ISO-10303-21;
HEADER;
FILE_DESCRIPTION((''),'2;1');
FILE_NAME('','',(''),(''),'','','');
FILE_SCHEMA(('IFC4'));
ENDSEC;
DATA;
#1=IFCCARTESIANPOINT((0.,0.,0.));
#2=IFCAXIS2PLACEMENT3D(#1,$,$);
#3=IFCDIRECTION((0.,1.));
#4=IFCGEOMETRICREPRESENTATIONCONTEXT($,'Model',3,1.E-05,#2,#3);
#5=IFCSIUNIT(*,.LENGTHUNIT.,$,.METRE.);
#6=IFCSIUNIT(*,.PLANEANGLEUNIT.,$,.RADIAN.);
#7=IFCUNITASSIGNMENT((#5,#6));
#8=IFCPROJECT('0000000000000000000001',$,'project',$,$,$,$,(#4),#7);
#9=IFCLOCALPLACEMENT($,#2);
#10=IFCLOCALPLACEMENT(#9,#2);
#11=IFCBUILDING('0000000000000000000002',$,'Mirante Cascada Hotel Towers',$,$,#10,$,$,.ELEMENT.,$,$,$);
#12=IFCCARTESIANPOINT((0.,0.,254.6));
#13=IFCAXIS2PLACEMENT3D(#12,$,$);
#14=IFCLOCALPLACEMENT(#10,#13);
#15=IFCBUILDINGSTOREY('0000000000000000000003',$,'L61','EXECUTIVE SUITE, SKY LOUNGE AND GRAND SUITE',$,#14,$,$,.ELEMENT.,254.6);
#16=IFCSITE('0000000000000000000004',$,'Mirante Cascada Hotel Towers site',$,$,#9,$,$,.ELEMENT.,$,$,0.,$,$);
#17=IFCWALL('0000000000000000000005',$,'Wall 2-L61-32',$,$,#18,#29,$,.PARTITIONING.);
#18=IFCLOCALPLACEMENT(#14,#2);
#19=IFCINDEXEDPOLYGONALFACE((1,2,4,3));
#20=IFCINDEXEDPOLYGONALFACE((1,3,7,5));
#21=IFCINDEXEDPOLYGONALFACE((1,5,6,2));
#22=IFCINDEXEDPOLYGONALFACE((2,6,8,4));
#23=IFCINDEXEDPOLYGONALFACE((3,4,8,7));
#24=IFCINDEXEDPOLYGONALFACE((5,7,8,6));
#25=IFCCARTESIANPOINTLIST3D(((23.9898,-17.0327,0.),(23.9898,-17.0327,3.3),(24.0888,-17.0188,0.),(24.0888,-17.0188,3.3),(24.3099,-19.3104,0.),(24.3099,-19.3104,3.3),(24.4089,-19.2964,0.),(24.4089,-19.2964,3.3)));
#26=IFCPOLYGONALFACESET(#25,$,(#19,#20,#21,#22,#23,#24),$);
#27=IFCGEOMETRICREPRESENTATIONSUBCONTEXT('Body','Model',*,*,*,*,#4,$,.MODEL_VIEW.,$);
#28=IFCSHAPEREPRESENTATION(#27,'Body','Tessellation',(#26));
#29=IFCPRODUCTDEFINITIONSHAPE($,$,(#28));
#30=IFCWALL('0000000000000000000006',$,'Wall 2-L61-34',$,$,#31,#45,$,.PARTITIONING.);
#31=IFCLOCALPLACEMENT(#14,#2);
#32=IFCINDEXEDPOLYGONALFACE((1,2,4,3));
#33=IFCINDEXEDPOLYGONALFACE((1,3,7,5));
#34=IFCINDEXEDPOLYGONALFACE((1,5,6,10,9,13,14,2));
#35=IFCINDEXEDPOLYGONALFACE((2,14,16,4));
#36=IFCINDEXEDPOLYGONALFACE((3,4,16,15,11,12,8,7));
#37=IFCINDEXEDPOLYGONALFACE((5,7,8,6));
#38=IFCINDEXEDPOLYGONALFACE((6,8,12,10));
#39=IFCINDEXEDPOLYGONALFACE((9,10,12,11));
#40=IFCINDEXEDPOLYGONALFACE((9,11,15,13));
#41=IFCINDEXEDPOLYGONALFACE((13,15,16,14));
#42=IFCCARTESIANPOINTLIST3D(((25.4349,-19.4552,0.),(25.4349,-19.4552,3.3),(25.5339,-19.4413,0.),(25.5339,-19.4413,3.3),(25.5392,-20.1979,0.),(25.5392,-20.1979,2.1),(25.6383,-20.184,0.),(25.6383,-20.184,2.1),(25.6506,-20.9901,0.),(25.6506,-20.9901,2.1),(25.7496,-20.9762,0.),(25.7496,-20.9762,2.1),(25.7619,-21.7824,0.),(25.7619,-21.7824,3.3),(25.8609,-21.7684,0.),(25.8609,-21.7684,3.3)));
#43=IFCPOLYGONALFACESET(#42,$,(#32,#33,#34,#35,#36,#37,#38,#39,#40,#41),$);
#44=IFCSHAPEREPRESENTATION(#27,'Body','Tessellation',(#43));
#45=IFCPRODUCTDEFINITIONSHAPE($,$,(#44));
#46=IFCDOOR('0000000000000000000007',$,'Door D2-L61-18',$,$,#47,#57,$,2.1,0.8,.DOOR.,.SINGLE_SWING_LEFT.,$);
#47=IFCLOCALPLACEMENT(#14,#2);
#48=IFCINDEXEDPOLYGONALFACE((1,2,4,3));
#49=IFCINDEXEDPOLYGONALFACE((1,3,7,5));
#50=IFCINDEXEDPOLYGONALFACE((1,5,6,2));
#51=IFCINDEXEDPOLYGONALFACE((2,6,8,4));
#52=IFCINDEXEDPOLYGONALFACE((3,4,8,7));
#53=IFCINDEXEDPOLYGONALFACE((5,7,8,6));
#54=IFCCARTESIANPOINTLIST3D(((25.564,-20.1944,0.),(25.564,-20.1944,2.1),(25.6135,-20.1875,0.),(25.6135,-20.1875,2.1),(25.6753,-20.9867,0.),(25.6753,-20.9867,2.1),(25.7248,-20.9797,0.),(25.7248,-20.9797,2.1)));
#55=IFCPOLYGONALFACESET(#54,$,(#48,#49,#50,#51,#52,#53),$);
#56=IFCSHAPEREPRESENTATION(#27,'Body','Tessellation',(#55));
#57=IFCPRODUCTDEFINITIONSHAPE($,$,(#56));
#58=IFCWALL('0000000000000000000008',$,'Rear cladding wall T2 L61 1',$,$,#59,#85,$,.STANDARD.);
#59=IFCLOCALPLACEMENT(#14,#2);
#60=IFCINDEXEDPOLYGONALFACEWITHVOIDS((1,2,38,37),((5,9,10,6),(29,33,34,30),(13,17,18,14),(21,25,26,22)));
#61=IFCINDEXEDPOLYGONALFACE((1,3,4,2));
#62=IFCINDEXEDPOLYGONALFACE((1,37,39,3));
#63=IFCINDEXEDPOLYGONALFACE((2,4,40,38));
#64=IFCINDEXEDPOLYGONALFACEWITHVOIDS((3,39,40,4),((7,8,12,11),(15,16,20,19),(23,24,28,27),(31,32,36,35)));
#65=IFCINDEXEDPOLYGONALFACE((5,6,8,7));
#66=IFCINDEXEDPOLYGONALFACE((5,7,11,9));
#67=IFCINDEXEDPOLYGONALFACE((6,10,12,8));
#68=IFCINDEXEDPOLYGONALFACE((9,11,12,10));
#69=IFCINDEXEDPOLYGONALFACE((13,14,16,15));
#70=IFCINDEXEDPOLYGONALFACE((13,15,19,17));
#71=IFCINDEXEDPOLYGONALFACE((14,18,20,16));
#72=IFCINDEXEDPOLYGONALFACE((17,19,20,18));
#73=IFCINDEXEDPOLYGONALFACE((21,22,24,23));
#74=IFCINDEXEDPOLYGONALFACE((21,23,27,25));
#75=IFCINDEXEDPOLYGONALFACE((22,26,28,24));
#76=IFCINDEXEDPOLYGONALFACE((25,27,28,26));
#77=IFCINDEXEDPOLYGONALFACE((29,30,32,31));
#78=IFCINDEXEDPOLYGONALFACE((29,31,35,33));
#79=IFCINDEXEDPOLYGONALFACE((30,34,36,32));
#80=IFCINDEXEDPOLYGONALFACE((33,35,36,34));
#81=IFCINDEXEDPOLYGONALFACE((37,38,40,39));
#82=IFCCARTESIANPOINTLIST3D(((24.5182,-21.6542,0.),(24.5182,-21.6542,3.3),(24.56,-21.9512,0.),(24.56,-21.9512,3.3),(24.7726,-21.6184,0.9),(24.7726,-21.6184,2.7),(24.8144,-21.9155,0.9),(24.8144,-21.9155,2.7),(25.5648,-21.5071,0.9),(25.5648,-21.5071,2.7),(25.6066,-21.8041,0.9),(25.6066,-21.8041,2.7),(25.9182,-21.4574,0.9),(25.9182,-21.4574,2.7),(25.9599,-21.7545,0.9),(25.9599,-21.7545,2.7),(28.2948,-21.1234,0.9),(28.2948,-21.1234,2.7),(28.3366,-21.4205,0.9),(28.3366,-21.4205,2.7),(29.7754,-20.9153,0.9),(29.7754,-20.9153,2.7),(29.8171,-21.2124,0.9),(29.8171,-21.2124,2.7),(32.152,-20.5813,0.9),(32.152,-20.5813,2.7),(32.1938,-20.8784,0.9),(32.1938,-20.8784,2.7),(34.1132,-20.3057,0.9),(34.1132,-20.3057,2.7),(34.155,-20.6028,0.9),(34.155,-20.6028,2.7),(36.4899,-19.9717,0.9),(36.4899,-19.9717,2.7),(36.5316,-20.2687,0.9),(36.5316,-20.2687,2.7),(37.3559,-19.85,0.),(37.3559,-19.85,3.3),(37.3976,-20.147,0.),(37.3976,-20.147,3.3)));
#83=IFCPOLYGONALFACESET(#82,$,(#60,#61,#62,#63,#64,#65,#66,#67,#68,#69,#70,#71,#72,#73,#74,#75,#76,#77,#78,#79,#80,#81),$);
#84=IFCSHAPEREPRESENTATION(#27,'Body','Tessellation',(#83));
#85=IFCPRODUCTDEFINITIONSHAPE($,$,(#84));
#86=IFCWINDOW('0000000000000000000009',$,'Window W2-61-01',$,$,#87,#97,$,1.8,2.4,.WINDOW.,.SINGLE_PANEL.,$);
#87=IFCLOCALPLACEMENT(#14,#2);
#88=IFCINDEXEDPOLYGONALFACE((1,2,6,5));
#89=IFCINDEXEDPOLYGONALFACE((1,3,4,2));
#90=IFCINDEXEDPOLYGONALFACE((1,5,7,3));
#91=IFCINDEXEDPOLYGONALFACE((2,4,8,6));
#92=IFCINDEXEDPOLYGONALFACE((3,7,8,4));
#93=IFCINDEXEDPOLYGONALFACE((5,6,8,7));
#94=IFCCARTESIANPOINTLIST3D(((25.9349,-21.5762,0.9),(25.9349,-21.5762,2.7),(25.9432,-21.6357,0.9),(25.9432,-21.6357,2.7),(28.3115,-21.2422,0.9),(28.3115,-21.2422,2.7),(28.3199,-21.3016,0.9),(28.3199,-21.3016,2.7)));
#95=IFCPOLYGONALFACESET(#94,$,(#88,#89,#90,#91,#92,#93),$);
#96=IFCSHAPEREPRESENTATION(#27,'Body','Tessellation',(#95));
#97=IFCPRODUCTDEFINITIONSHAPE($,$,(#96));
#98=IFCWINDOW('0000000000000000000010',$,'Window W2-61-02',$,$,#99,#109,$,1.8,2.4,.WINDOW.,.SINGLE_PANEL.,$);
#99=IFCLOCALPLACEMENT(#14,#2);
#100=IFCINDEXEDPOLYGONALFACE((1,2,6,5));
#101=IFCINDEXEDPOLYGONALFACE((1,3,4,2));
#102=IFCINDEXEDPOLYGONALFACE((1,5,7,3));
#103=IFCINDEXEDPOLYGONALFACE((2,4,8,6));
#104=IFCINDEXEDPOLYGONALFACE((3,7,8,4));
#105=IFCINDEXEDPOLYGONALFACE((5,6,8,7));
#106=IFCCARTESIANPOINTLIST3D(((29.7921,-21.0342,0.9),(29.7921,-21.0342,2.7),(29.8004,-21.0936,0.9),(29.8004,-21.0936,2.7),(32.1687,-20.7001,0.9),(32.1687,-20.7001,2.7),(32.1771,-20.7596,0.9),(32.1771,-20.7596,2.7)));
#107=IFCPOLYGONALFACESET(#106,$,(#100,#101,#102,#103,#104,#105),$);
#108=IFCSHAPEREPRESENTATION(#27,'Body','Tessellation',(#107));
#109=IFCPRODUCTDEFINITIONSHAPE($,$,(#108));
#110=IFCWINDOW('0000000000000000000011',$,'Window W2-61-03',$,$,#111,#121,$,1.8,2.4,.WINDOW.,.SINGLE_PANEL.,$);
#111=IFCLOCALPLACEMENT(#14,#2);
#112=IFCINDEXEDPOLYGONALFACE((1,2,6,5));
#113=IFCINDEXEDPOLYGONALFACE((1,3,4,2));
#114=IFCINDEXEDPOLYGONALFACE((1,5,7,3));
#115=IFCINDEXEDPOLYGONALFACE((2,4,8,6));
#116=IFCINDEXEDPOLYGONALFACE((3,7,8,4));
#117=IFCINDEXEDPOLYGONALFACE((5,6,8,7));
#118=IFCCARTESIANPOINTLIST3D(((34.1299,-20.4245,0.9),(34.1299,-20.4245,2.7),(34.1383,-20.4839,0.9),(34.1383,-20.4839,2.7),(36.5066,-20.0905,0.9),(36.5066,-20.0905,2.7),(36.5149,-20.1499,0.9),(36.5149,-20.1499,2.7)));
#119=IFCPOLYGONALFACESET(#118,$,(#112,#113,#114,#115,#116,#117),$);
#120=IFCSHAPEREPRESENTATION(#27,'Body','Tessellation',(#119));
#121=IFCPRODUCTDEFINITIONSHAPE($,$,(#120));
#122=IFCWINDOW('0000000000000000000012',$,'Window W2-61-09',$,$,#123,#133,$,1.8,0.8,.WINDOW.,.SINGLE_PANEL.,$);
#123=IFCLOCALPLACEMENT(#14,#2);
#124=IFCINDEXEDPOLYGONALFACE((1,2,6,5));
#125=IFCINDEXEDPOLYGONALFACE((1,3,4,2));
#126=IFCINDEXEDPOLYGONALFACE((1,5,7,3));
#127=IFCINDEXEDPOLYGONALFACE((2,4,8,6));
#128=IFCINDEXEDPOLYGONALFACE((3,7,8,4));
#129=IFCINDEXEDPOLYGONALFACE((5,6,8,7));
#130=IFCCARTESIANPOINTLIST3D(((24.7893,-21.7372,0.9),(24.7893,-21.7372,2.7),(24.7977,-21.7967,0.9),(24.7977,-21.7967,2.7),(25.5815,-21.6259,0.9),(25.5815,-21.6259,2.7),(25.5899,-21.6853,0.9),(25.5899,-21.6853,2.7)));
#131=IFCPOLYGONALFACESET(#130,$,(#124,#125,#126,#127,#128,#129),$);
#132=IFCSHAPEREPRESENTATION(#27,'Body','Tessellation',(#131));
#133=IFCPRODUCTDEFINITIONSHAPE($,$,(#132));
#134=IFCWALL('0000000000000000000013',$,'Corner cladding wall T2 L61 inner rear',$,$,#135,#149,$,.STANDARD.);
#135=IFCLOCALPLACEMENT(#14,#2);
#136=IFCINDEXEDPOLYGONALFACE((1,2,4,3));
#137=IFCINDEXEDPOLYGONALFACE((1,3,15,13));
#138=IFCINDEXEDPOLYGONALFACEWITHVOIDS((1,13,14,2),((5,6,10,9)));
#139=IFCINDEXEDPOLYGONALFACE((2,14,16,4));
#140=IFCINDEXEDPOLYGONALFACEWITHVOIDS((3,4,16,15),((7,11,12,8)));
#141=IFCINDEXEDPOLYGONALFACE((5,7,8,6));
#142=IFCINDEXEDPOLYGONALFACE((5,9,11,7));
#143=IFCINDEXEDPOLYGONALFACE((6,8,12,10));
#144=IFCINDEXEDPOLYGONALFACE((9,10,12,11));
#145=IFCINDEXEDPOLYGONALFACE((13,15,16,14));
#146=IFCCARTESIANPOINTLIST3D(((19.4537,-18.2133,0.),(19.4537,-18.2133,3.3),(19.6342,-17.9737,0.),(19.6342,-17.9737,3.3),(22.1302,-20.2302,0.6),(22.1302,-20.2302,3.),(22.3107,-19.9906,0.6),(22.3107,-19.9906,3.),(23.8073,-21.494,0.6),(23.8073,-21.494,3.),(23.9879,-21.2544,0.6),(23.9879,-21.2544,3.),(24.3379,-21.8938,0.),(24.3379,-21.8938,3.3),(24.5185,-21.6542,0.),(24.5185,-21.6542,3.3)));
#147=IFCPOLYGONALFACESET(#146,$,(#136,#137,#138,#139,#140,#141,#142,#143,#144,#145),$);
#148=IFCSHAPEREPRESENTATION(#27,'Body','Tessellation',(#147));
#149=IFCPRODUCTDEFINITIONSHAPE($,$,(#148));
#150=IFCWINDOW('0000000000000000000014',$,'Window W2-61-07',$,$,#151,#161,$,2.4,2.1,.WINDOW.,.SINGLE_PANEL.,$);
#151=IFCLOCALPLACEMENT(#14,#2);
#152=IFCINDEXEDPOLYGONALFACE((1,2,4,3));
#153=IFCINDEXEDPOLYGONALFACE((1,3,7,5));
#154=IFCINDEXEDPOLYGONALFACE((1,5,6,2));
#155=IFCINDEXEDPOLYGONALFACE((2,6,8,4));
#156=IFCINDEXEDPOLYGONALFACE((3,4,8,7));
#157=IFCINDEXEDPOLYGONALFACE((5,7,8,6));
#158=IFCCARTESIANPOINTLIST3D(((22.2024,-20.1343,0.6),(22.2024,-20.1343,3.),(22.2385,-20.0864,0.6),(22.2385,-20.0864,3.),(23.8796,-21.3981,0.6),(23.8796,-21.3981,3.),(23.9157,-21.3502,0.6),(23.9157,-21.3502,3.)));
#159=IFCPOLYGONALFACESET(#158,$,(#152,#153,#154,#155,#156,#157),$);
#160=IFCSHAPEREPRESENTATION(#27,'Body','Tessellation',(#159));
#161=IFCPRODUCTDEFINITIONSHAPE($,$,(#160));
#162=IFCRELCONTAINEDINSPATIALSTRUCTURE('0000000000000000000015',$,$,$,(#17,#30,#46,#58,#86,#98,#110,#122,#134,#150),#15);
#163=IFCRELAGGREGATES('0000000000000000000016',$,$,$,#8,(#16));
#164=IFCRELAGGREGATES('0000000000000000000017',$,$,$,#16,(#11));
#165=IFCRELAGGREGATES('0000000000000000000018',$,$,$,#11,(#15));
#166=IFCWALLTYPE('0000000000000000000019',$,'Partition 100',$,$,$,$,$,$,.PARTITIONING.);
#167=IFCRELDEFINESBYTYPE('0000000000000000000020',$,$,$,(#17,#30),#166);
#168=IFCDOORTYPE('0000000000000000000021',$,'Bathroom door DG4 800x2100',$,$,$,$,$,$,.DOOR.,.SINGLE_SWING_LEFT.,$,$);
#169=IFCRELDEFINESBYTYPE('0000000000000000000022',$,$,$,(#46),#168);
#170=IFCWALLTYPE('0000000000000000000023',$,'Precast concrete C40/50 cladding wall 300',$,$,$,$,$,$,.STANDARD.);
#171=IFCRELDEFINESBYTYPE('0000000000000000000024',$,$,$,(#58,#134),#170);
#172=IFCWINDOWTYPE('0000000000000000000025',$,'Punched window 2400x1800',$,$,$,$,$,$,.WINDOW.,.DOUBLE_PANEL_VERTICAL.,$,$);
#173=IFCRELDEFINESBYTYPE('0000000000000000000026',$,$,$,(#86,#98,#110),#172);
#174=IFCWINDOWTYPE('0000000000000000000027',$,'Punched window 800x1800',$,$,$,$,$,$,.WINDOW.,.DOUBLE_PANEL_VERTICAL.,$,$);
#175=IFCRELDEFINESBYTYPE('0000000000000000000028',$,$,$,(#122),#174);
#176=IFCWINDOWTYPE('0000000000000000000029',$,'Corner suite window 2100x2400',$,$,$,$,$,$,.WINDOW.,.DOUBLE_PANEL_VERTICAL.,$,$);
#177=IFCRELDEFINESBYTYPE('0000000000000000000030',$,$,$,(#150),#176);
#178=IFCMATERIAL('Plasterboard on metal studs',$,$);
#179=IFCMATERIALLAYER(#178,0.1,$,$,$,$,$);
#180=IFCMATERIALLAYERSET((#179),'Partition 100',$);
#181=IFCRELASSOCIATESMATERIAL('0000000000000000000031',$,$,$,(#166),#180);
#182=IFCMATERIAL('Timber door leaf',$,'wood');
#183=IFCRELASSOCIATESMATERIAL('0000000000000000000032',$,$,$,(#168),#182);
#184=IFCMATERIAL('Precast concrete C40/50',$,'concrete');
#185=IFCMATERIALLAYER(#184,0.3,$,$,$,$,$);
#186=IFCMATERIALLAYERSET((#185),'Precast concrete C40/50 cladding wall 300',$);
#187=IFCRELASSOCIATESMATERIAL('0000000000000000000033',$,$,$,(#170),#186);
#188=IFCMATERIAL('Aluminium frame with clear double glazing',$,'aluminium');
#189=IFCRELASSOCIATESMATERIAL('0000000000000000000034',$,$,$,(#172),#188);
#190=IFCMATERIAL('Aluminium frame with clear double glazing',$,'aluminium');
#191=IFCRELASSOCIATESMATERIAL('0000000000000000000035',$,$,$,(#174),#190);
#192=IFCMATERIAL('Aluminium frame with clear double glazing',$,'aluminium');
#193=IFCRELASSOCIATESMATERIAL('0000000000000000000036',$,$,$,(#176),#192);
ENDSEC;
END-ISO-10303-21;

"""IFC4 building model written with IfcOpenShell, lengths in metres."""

from ifc_helpers import new_model, si_unit, direction, frame, frame_2d, origin, place, context, subcontext, project, spatial, rectangle, extrude, material, layer, layer_set, type_object, element, fill, save


model = new_model("IFC4")

# Units and contexts
model_context = context("Model", 3, precision=1e-05, world=origin(), true_north=direction((0.0, 1.0)))
body_context = subcontext(model_context, "Body", "Model", "MODEL_VIEW")
ifc_project = project(units=[si_unit("LENGTHUNIT", "METRE"), si_unit("PLANEANGLEUNIT", "RADIAN")], contexts=[model_context])

# Site, building, storey
site_placement = place(None, origin())
site = spatial("IfcSite", under=ifc_project, at=site_placement, Name="Mirante Cascada Hotel Towers site", CompositionType="ELEMENT", RefElevation=0.0)
building_placement = place(site_placement, origin())
building = spatial("IfcBuilding", under=site, at=building_placement, Name="Mirante Cascada Hotel Towers", CompositionType="ELEMENT")
storey_placement = place(building_placement, frame((0.0, 0.0, 254.6)))
storey = spatial("IfcBuildingStorey", under=building, at=storey_placement, Name="L61", Description="EXECUTIVE SUITE, SKY LOUNGE AND GRAND SUITE", CompositionType="ELEMENT", Elevation=254.6)

# Shared definitions
ifc_material_1 = material(Name="Plasterboard on metal studs")
ifc_layer_1 = layer(ifc_material_1, 0.1)
ifc_layer_set_1 = layer_set([ifc_layer_1], Name="Partition 100")
wall_type_1 = type_object("IfcWallType", Name="Partition 100", PredefinedType="PARTITIONING", material=ifc_layer_set_1)
ifc_material_2 = material(Name="Timber door leaf", Category="wood")
door_type_1 = type_object("IfcDoorType", Name="Bathroom door DG4 800x2100", OperationType="SINGLE_SWING_LEFT", PredefinedType="DOOR", material=ifc_material_2)

# Wall
wall_1_placement = place(storey_placement, frame((24.3594, -19.3034, 0.0), z_axis=(0.0, 0.0, 1.0), x_axis=(-0.139175, 0.990268, 0.0)))
element("IfcWall", 1, at=wall_1_placement, inside=storey, type_object=wall_type_1, Name="Wall 2-L61-32", PredefinedType="PARTITIONING", context=body_context, shape_type="SweptSolid", body=[
    extrude(rectangle(XDim=2.3, YDim=0.1, at=frame_2d((1.15, 0.0))), origin(), (0.0, 0.0, 1.0), 3.3),
])

# Wall, opening, door
wall_2_placement = place(storey_placement, frame((25.8114, -21.7754, 0.0), z_axis=(0.0, 0.0, 1.0), x_axis=(-0.139151, 0.990271, 0.0)))
wall_2 = element("IfcWall", 2, at=wall_2_placement, inside=storey, type_object=wall_type_1, Name="Wall 2-L61-34", PredefinedType="PARTITIONING", context=body_context, shape_type="SweptSolid", body=[
    extrude(rectangle(XDim=2.35, YDim=0.1, at=frame_2d((1.175, 0.0))), origin(), (0.0, 0.0, 1.0), 3.3),
])
opening_1_placement = place(wall_2_placement, frame((0.8, 0.0, 0.0)))
opening_1 = element("IfcOpeningElement", 3, at=opening_1_placement, cuts=wall_2, PredefinedType="OPENING", context=body_context, shape_type="SweptSolid", body=[
    extrude(rectangle(XDim=0.8, YDim=2.1, at=frame_2d((0.4, 1.05))), frame((0.0, 0.05, 0.0), z_axis=(0.0, -1.0, 0.0), x_axis=(1.0, 0.0, 0.0)), (0.0, 0.0, 1.0), 0.1),
])
door_1_placement = place(opening_1_placement, origin())
door_1 = element("IfcDoor", 4, at=door_1_placement, inside=storey, type_object=door_type_1, Name="Door D2-L61-18", OperationType="SINGLE_SWING_LEFT", OverallHeight=2.1, OverallWidth=0.8, PredefinedType="DOOR", context=body_context, shape_type="SweptSolid", body=[
    extrude(rectangle(XDim=0.8, YDim=2.1, at=frame_2d((0.4, 1.05))), frame((0.0, 0.025, 0.0), z_axis=(0.0, -1.0, 0.0), x_axis=(1.0, 0.0, 0.0)), (0.0, 0.0, 1.0), 0.05),
])
fill(opening_1, door_1)

# Wall, openings, windows
ifc_material_3 = material(Name="Precast concrete C40/50", Category="concrete")
ifc_layer_2 = layer(ifc_material_3, 0.3)
ifc_layer_set_2 = layer_set([ifc_layer_2], Name="Precast concrete C40/50 cladding wall 300")
wall_type_2 = type_object("IfcWallType", Name="Precast concrete C40/50 cladding wall 300", PredefinedType="STANDARD", material=ifc_layer_set_2)
wall_3_placement = place(storey_placement, frame((24.5391, -21.8027, 0.0), z_axis=(0.0, 0.0, 1.0), x_axis=(0.990268, 0.139173, 0.0)))
wall_3 = element("IfcWall", 5, at=wall_3_placement, inside=storey, type_object=wall_type_2, Name="Rear cladding wall T2 L61 1", PredefinedType="STANDARD", context=body_context, shape_type="SweptSolid", body=[
    extrude(rectangle(XDim=12.9638, YDim=0.3, at=frame_2d((6.4819, 0.0))), origin(), (0.0, 0.0, 1.0), 3.3),
])
opening_2_placement = place(wall_3_placement, frame((1.4137, 0.0, 0.9)))
opening_2 = element("IfcOpeningElement", 6, at=opening_2_placement, cuts=wall_3, PredefinedType="OPENING", context=body_context, shape_type="SweptSolid", body=[
    extrude(rectangle(XDim=2.4, YDim=1.8, at=frame_2d((1.2, 0.9))), frame((0.0, 0.15, 0.0), z_axis=(0.0, -1.0, 0.0), x_axis=(1.0, 0.0, 0.0)), (0.0, 0.0, 1.0), 0.3),
])
opening_3_placement = place(wall_3_placement, frame((5.3088, 0.0, 0.9)))
opening_3 = element("IfcOpeningElement", 7, at=opening_3_placement, cuts=wall_3, PredefinedType="OPENING", context=body_context, shape_type="SweptSolid", body=[
    extrude(rectangle(XDim=2.4, YDim=1.8, at=frame_2d((1.2, 0.9))), frame((0.0, 0.15, 0.0), z_axis=(0.0, -1.0, 0.0), x_axis=(1.0, 0.0, 0.0)), (0.0, 0.0, 1.0), 0.3),
])
opening_4_placement = place(wall_3_placement, frame((9.6893, 0.0, 0.9)))
opening_4 = element("IfcOpeningElement", 8, at=opening_4_placement, cuts=wall_3, PredefinedType="OPENING", context=body_context, shape_type="SweptSolid", body=[
    extrude(rectangle(XDim=2.4, YDim=1.8, at=frame_2d((1.2, 0.9))), frame((0.0, 0.15, 0.0), z_axis=(0.0, -1.0, 0.0), x_axis=(1.0, 0.0, 0.0)), (0.0, 0.0, 1.0), 0.3),
])
opening_5_placement = place(wall_3_placement, frame((0.2569, 0.0, 0.9)))
opening_5 = element("IfcOpeningElement", 9, at=opening_5_placement, cuts=wall_3, PredefinedType="OPENING", context=body_context, shape_type="SweptSolid", body=[
    extrude(rectangle(XDim=0.8, YDim=1.8, at=frame_2d((0.4, 0.9))), frame((0.0, 0.15, 0.0), z_axis=(0.0, -1.0, 0.0), x_axis=(1.0, 0.0, 0.0)), (0.0, 0.0, 1.0), 0.3),
])
ifc_material_4 = material(Name="Aluminium frame with clear double glazing", Category="aluminium")
window_type_1 = type_object("IfcWindowType", Name="Punched window 2400x1800", PartitioningType="DOUBLE_PANEL_VERTICAL", PredefinedType="WINDOW", material=ifc_material_4)
window_1_placement = place(opening_2_placement, origin())
window_1 = element("IfcWindow", 10, at=window_1_placement, inside=storey, type_object=window_type_1, Name="Window W2-61-01", OverallHeight=1.8, OverallWidth=2.4, PartitioningType="SINGLE_PANEL", PredefinedType="WINDOW", context=body_context, shape_type="SweptSolid", body=[
    extrude(rectangle(XDim=2.4, YDim=1.8, at=frame_2d((1.2, 0.9))), frame((0.0, 0.03, 0.0), z_axis=(0.0, -1.0, 0.0), x_axis=(1.0, 0.0, 0.0)), (0.0, 0.0, 1.0), 0.06),
])
fill(opening_2, window_1)
window_2_placement = place(opening_3_placement, origin())
window_2 = element("IfcWindow", 11, at=window_2_placement, inside=storey, type_object=window_type_1, Name="Window W2-61-02", OverallHeight=1.8, OverallWidth=2.4, PartitioningType="SINGLE_PANEL", PredefinedType="WINDOW", context=body_context, shape_type="SweptSolid", body=[
    extrude(rectangle(XDim=2.4, YDim=1.8, at=frame_2d((1.2, 0.9))), frame((0.0, 0.03, 0.0), z_axis=(0.0, -1.0, 0.0), x_axis=(1.0, 0.0, 0.0)), (0.0, 0.0, 1.0), 0.06),
])
fill(opening_3, window_2)
window_3_placement = place(opening_4_placement, origin())
window_3 = element("IfcWindow", 12, at=window_3_placement, inside=storey, type_object=window_type_1, Name="Window W2-61-03", OverallHeight=1.8, OverallWidth=2.4, PartitioningType="SINGLE_PANEL", PredefinedType="WINDOW", context=body_context, shape_type="SweptSolid", body=[
    extrude(rectangle(XDim=2.4, YDim=1.8, at=frame_2d((1.2, 0.9))), frame((0.0, 0.03, 0.0), z_axis=(0.0, -1.0, 0.0), x_axis=(1.0, 0.0, 0.0)), (0.0, 0.0, 1.0), 0.06),
])
fill(opening_4, window_3)
ifc_material_5 = material(Name="Aluminium frame with clear double glazing", Category="aluminium")
window_type_2 = type_object("IfcWindowType", Name="Punched window 800x1800", PartitioningType="DOUBLE_PANEL_VERTICAL", PredefinedType="WINDOW", material=ifc_material_5)
window_4_placement = place(opening_5_placement, origin())
window_4 = element("IfcWindow", 13, at=window_4_placement, inside=storey, type_object=window_type_2, Name="Window W2-61-09", OverallHeight=1.8, OverallWidth=0.8, PartitioningType="SINGLE_PANEL", PredefinedType="WINDOW", context=body_context, shape_type="SweptSolid", body=[
    extrude(rectangle(XDim=0.8, YDim=1.8, at=frame_2d((0.4, 0.9))), frame((0.0, 0.03, 0.0), z_axis=(0.0, -1.0, 0.0), x_axis=(1.0, 0.0, 0.0)), (0.0, 0.0, 1.0), 0.06),
])
fill(opening_5, window_4)

# Wall, opening, window
wall_4_placement = place(storey_placement, frame((19.544, -18.0935, 0.0), z_axis=(0.0, 0.0, 1.0), x_axis=(0.798636, -0.601814, 0.0)))
wall_4 = element("IfcWall", 14, at=wall_4_placement, inside=storey, type_object=wall_type_2, Name="Corner cladding wall T2 L61 inner rear", PredefinedType="STANDARD", context=body_context, shape_type="SweptSolid", body=[
    extrude(rectangle(XDim=6.1157, YDim=0.3, at=frame_2d((3.0578, 0.0))), origin(), (0.0, 0.0, 1.0), 3.3),
])
opening_6_placement = place(wall_4_placement, frame((3.3513, 0.0, 0.6)))
opening_6 = element("IfcOpeningElement", 15, at=opening_6_placement, cuts=wall_4, PredefinedType="OPENING", context=body_context, shape_type="SweptSolid", body=[
    extrude(rectangle(XDim=2.1, YDim=2.4, at=frame_2d((1.05, 1.2))), frame((0.0, 0.15, 0.0), z_axis=(0.0, -1.0, 0.0), x_axis=(1.0, 0.0, 0.0)), (0.0, 0.0, 1.0), 0.3),
])
ifc_material_6 = material(Name="Aluminium frame with clear double glazing", Category="aluminium")
window_type_3 = type_object("IfcWindowType", Name="Corner suite window 2100x2400", PartitioningType="DOUBLE_PANEL_VERTICAL", PredefinedType="WINDOW", material=ifc_material_6)
window_5_placement = place(opening_6_placement, origin())
window_5 = element("IfcWindow", 16, at=window_5_placement, inside=storey, type_object=window_type_3, Name="Window W2-61-07", OverallHeight=2.4, OverallWidth=2.1, PartitioningType="SINGLE_PANEL", PredefinedType="WINDOW", context=body_context, shape_type="SweptSolid", body=[
    extrude(rectangle(XDim=2.1, YDim=2.4, at=frame_2d((1.05, 1.2))), frame((0.0, 0.03, 0.0), z_axis=(0.0, -1.0, 0.0), x_axis=(1.0, 0.0, 0.0)), (0.0, 0.0, 1.0), 0.06),
])
fill(opening_6, window_5)

save(model, "model.ifc")
